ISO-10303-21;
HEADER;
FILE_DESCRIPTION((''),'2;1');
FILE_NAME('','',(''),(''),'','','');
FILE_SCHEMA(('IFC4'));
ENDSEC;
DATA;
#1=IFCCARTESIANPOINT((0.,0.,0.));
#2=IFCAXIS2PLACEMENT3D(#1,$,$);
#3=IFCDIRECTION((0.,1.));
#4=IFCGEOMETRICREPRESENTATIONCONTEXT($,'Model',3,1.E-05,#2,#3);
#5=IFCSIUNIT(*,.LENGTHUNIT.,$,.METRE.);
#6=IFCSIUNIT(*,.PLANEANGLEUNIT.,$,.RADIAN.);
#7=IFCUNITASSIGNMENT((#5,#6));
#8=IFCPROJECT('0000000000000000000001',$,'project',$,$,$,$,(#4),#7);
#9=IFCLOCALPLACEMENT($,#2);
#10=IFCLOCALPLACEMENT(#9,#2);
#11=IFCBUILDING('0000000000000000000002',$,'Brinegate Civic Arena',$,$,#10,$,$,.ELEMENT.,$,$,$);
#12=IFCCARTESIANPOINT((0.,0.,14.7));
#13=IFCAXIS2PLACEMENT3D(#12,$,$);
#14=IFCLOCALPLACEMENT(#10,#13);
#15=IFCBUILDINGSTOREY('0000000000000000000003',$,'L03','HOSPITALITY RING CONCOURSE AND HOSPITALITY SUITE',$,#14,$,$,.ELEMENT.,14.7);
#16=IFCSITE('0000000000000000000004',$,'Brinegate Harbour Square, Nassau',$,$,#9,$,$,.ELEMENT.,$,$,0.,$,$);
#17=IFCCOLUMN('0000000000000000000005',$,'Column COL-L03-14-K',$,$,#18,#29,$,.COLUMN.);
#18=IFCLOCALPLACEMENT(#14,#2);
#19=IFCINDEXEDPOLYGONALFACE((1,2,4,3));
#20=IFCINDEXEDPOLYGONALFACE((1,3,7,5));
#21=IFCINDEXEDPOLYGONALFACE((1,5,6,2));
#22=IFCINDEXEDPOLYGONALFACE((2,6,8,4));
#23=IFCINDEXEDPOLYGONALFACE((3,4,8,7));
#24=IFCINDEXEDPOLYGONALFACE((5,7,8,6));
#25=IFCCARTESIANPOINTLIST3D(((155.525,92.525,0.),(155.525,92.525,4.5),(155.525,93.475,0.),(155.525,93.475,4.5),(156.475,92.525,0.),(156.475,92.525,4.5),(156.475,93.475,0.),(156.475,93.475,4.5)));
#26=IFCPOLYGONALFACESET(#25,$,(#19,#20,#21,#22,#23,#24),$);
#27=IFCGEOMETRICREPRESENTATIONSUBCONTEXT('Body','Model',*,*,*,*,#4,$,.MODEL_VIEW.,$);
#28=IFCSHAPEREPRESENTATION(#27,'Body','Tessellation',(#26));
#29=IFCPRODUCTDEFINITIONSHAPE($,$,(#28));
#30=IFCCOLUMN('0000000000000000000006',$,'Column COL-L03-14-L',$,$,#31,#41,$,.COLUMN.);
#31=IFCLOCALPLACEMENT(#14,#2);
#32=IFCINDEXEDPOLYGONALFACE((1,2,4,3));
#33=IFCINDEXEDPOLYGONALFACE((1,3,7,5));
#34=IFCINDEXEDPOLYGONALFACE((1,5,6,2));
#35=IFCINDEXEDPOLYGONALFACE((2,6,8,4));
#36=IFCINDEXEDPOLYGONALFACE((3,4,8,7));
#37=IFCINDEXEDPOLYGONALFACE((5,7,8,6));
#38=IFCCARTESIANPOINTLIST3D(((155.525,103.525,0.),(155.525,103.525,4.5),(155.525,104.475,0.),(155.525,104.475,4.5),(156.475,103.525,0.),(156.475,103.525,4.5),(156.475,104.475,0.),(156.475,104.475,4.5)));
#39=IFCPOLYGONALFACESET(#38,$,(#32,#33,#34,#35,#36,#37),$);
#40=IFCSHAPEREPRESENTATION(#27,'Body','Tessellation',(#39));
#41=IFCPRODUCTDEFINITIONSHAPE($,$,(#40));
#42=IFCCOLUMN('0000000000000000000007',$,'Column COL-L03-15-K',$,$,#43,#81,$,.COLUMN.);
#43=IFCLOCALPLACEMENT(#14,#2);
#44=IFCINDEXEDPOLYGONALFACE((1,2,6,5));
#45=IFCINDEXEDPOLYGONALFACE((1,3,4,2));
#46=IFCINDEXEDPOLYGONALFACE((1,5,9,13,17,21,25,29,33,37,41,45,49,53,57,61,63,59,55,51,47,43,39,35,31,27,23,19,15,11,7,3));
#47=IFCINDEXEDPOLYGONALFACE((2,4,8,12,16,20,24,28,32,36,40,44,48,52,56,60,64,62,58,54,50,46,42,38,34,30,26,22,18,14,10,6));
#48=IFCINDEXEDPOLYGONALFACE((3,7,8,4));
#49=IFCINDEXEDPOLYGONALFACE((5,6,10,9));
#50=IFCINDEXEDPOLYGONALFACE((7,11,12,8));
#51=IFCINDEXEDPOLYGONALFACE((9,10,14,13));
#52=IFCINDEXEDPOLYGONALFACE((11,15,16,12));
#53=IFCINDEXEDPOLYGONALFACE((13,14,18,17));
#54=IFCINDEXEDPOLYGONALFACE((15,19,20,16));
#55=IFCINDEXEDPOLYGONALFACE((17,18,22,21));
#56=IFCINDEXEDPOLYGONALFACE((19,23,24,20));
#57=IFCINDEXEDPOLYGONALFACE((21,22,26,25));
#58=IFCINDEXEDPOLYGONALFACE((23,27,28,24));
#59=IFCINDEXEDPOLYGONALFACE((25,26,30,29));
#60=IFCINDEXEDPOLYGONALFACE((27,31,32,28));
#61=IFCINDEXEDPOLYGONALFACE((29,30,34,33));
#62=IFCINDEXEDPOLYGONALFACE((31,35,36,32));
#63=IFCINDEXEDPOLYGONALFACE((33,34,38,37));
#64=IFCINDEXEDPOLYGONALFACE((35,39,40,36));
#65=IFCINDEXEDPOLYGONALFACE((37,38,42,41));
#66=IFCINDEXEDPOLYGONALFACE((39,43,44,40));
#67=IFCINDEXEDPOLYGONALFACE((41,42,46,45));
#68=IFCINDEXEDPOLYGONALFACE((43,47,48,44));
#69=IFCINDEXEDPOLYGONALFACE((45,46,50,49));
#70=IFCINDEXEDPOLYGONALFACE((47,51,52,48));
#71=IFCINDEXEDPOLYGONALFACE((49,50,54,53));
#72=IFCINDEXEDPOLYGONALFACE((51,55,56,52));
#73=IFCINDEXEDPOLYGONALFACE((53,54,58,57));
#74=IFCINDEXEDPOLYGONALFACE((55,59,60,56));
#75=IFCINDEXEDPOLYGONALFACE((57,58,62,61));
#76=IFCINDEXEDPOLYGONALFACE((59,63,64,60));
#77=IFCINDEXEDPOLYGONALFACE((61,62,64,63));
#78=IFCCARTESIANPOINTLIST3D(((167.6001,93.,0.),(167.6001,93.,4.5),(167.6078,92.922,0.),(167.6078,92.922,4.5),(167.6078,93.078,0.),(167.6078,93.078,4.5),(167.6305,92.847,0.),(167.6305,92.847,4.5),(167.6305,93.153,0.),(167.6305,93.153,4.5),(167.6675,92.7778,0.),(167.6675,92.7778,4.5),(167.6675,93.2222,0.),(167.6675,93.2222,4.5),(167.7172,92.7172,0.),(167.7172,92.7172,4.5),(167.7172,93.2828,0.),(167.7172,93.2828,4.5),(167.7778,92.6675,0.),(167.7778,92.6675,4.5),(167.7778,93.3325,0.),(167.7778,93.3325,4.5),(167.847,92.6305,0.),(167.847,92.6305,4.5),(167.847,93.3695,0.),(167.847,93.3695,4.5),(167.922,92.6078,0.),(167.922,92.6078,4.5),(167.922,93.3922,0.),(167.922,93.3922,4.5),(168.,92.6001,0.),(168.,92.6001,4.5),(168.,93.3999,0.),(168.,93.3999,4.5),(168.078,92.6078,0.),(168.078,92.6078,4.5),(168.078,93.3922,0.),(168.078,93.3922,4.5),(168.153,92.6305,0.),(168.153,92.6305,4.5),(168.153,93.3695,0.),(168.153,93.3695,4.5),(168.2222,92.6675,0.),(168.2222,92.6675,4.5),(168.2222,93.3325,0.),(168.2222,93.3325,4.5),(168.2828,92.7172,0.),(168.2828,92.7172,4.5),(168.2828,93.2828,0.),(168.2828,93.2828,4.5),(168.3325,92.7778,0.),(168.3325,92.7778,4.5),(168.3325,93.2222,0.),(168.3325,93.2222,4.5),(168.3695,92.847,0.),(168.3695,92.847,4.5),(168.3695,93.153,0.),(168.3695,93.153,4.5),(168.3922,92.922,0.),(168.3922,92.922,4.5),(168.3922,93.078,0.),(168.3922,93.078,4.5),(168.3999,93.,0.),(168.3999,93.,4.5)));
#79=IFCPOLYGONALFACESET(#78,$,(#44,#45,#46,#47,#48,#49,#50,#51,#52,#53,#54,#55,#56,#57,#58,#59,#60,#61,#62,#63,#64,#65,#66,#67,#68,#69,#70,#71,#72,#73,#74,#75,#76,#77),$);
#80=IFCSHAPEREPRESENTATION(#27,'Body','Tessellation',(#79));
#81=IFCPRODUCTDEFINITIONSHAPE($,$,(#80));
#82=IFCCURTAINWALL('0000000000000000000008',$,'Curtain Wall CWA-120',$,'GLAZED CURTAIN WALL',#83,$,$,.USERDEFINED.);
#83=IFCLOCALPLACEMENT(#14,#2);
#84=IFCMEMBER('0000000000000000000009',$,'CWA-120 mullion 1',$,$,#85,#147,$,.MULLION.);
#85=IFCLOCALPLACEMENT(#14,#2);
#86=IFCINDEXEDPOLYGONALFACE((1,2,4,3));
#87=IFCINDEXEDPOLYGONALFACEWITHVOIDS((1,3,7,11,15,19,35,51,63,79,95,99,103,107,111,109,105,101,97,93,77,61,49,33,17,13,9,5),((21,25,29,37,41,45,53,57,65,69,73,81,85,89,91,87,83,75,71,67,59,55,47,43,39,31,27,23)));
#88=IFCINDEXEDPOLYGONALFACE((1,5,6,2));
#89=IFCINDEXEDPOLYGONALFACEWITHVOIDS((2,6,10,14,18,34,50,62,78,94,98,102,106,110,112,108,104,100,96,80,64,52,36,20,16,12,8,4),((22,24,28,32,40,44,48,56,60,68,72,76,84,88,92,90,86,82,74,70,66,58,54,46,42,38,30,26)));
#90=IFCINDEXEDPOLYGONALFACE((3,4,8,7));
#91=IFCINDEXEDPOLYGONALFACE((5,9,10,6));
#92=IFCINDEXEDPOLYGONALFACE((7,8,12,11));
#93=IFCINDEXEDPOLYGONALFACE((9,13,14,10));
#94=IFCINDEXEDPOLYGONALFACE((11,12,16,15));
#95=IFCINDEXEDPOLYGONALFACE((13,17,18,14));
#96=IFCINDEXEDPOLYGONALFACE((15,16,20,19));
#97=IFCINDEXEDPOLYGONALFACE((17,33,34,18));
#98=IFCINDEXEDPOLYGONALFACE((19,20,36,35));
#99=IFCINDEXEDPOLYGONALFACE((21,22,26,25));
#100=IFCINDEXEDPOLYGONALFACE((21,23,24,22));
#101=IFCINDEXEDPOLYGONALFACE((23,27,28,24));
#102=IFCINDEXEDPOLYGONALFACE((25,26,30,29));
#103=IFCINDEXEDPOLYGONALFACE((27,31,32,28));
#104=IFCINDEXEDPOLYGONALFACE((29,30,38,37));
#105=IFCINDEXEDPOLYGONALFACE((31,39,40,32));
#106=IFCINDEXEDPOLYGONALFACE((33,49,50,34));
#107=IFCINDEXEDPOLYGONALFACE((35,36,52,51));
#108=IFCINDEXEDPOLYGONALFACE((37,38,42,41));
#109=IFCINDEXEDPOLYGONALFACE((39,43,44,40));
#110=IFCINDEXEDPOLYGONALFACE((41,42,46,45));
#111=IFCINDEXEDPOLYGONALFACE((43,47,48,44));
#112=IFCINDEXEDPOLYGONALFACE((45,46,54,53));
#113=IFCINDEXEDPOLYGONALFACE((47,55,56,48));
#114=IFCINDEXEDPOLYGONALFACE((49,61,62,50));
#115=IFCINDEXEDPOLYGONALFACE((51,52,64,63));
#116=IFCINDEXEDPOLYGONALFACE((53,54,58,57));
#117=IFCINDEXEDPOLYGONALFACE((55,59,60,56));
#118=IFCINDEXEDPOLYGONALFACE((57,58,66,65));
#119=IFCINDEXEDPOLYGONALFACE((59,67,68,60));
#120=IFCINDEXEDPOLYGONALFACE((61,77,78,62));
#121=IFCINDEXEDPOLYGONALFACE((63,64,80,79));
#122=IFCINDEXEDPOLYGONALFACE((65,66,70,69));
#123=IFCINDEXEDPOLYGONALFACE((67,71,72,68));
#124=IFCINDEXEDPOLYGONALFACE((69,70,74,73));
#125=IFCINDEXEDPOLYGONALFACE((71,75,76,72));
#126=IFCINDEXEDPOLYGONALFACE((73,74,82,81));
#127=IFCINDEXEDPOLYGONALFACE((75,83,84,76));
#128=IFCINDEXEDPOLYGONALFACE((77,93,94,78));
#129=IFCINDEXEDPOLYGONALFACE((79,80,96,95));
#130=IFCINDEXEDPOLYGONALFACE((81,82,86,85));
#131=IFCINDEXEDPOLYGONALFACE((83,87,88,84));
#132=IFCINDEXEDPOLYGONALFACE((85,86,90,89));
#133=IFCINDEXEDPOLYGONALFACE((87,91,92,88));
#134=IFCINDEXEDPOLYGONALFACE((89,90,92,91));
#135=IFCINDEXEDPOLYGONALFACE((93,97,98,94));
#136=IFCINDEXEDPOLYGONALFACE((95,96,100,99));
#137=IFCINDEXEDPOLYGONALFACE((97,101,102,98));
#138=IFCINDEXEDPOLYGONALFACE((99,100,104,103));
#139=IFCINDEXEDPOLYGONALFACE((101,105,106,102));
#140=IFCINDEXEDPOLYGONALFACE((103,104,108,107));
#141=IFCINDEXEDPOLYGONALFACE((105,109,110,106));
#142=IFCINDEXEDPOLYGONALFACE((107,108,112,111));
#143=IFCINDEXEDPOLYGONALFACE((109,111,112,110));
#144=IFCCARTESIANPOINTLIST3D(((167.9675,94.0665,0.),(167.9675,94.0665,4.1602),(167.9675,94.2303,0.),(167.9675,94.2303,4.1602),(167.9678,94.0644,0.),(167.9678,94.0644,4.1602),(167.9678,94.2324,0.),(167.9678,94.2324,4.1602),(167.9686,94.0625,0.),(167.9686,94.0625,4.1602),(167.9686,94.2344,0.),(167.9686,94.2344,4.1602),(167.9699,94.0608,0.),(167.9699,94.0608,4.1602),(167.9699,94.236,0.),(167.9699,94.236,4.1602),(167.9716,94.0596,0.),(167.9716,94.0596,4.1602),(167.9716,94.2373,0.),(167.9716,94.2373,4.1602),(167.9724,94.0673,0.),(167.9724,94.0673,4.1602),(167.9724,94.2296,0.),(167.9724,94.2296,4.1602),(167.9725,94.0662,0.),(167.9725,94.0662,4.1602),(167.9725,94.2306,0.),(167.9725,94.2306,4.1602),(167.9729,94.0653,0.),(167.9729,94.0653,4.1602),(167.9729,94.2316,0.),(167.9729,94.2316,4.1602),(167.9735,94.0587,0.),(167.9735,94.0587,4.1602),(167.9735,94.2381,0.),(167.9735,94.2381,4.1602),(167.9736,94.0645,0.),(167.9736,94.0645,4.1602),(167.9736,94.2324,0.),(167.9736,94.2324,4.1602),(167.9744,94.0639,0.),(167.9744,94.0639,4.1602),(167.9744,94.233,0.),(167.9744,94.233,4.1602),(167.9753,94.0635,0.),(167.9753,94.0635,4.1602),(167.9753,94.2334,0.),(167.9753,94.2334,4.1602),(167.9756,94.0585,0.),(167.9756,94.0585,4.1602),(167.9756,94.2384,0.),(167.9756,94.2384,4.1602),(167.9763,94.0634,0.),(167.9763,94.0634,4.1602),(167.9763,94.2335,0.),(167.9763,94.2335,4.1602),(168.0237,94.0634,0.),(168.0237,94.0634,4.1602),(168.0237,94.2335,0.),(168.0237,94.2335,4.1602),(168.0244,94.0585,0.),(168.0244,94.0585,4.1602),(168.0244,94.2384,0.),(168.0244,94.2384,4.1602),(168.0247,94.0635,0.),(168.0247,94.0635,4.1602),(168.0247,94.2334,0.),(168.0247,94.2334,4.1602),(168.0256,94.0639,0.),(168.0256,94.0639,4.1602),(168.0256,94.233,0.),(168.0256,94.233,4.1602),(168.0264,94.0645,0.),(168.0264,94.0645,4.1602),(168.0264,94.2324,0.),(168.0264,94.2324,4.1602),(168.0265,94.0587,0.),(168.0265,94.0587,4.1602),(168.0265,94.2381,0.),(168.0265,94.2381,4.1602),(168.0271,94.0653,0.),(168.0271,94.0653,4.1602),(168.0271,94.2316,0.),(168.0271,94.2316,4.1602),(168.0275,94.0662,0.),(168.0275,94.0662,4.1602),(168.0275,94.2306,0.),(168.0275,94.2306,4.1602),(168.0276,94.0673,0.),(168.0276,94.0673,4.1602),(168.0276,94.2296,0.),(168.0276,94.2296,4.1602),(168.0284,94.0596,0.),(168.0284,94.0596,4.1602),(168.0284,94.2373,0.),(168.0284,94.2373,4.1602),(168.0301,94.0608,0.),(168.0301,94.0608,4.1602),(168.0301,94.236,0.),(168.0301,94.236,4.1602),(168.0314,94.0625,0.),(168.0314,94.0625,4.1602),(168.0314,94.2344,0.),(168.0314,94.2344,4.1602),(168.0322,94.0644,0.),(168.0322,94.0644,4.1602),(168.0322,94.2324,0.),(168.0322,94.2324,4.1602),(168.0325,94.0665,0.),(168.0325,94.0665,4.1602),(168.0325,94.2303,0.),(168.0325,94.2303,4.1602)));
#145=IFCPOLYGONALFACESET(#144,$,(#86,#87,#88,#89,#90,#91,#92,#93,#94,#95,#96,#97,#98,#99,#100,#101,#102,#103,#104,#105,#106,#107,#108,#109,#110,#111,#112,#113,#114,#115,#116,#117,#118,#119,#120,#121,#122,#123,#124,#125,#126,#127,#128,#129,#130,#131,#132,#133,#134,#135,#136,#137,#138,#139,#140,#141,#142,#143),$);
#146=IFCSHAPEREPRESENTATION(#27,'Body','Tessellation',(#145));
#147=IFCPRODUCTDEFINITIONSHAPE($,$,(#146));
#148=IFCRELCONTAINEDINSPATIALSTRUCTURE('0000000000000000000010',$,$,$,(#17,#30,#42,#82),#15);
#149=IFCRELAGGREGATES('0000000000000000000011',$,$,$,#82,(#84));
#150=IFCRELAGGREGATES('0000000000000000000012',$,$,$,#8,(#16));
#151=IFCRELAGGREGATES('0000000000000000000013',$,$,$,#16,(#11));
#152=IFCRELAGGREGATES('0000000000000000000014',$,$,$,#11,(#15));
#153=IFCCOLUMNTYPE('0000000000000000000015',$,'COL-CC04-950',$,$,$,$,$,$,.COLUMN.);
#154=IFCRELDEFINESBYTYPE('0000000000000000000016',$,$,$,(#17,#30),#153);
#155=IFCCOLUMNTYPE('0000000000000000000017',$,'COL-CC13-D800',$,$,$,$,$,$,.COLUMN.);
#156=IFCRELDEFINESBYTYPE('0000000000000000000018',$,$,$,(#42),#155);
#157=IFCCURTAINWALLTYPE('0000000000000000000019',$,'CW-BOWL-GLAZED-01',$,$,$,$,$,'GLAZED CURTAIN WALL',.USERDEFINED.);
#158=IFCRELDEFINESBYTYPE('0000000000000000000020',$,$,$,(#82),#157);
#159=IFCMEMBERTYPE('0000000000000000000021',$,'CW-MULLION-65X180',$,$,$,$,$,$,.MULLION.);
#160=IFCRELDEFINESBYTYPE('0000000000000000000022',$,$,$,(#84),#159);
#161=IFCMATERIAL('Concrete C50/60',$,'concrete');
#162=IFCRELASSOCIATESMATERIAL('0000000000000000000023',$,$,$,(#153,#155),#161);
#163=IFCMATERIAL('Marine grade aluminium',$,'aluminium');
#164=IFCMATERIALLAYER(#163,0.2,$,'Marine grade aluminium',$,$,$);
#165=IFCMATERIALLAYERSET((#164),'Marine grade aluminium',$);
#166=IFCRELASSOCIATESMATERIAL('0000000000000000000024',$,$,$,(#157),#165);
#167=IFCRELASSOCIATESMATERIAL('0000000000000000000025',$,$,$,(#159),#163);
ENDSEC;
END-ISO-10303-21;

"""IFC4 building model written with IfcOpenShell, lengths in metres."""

from ifc_helpers import new_model, si_unit, direction, frame, origin, origin_2d, place, context, subcontext, project, spatial, rectangle, hollow_rectangle, circle, extrude, material, layer, layer_set, material_profile, profile_set, type_object, element, aggregate, save


model = new_model("IFC4")

# Units and contexts
model_context = context("Model", 3, precision=1e-05, world=origin(), true_north=direction((0.0, 1.0)))
body_context = subcontext(model_context, "Body", "Model", "MODEL_VIEW")
ifc_project = project(units=[si_unit("LENGTHUNIT", "METRE"), si_unit("PLANEANGLEUNIT", "RADIAN")], contexts=[model_context])

# Site, building, storey
site_placement = place(None, origin())
site = spatial("IfcSite", under=ifc_project, at=site_placement, Name="Brinegate Harbour Square, Nassau", CompositionType="ELEMENT", RefElevation=0.0)
building_placement = place(site_placement, origin())
building = spatial("IfcBuilding", under=site, at=building_placement, Name="Brinegate Civic Arena", CompositionType="ELEMENT")
storey_placement = place(building_placement, frame((0.0, 0.0, 14.7)))
storey = spatial("IfcBuildingStorey", under=building, at=storey_placement, Name="L03", Description="HOSPITALITY RING CONCOURSE AND HOSPITALITY SUITE", CompositionType="ELEMENT", Elevation=14.7)

# Columns
ifc_material_1 = material(Name="Concrete C50/60", Category="concrete")
ifc_material_profile_1 = material_profile(ifc_material_1, rectangle(XDim=0.95, YDim=0.95, at=origin_2d()), Name="RC950X950")
ifc_profile_set_1 = profile_set([ifc_material_profile_1], Name="Concrete C50/60")
column_type_1 = type_object("IfcColumnType", Name="COL-CC04-950", PredefinedType="COLUMN", material=ifc_profile_set_1)
for number, where, z_axis, x_axis, name in (
    (1, (156.0, 93.0, 0.0), (0.0, 0.0, 1.0), (1.0, 0.0, 0.0), "Column COL-L03-14-K"),
    (2, (156.0, 104.0, 0.0), (0.0, 0.0, 1.0), (1.0, 0.0, 0.0), "Column COL-L03-14-L"),
):
    element("IfcColumn", number, at=place(storey_placement, frame(where, z_axis=z_axis, x_axis=x_axis)), inside=storey, type_object=column_type_1, Name=name, PredefinedType="COLUMN", context=body_context, shape_type="SweptSolid", body=[
        extrude(rectangle(XDim=0.95, YDim=0.95, at=origin_2d()), origin(), (0.0, 0.0, 1.0), 4.5),
    ])
ifc_material_profile_2 = material_profile(ifc_material_1, circle(Radius=0.3999, at=origin_2d()), Name="RCD800")
ifc_profile_set_2 = profile_set([ifc_material_profile_2], Name="Concrete C50/60")
column_type_2 = type_object("IfcColumnType", Name="COL-CC13-D800", PredefinedType="COLUMN", material=ifc_profile_set_2)
column_placement = place(storey_placement, frame((168.0, 93.0, 0.0), z_axis=(0.0, 0.0, 1.0), x_axis=(1.0, 0.0, 0.0)))
element("IfcColumn", 3, at=column_placement, inside=storey, type_object=column_type_2, Name="Column COL-L03-15-K", PredefinedType="COLUMN", context=body_context, shape_type="SweptSolid", body=[
    extrude(circle(Radius=0.3999, at=origin_2d()), origin(), (0.0, 0.0, 1.0), 4.5),
])

# Curtain wall, member
ifc_material_2 = material(Name="Marine grade aluminium", Category="aluminium")
ifc_layer_1 = layer(ifc_material_2, 0.2, Name="Marine grade aluminium")
ifc_layer_set_1 = layer_set([ifc_layer_1], Name="Marine grade aluminium")
curtain_wall_type = type_object("IfcCurtainWallType", Name="CW-BOWL-GLAZED-01", ElementType="GLAZED CURTAIN WALL", PredefinedType="USERDEFINED", material=ifc_layer_set_1)
curtain_wall_1_placement = place(storey_placement, origin())
curtain_wall_1 = element("IfcCurtainWall", 4, at=curtain_wall_1_placement, inside=storey, type_object=curtain_wall_type, Name="Curtain Wall CWA-120", ObjectType="GLAZED CURTAIN WALL", PredefinedType="USERDEFINED")
ifc_material_profile_3 = material_profile(ifc_material_2, hollow_rectangle(XDim=0.0649, YDim=0.1799, WallThickness=0.0049, InnerFilletRadius=0.0039, OuterFilletRadius=0.0081, at=origin_2d()), Name="MUL65X180")
ifc_profile_set_3 = profile_set([ifc_material_profile_3], Name="Marine grade aluminium")
member_type_1 = type_object("IfcMemberType", Name="CW-MULLION-65X180", PredefinedType="MULLION", material=ifc_profile_set_3)
member_1_placement = place(storey_placement, frame((168.0, 94.1484, 0.0), z_axis=(0.0, 0.0, 1.0), x_axis=(-1.0, 0.0, 0.0)))
member_1 = element("IfcMember", 5, at=member_1_placement, type_object=member_type_1, Name="CWA-120 mullion 1", PredefinedType="MULLION", context=body_context, shape_type="SweptSolid", body=[
    extrude(hollow_rectangle(XDim=0.0649, YDim=0.1799, WallThickness=0.0049, InnerFilletRadius=0.0039, OuterFilletRadius=0.0081, at=origin_2d()), origin(), (0.0, 0.0, 1.0), 4.1602),
])

aggregate(curtain_wall_1, [member_1])

save(model, "model.ifc")
